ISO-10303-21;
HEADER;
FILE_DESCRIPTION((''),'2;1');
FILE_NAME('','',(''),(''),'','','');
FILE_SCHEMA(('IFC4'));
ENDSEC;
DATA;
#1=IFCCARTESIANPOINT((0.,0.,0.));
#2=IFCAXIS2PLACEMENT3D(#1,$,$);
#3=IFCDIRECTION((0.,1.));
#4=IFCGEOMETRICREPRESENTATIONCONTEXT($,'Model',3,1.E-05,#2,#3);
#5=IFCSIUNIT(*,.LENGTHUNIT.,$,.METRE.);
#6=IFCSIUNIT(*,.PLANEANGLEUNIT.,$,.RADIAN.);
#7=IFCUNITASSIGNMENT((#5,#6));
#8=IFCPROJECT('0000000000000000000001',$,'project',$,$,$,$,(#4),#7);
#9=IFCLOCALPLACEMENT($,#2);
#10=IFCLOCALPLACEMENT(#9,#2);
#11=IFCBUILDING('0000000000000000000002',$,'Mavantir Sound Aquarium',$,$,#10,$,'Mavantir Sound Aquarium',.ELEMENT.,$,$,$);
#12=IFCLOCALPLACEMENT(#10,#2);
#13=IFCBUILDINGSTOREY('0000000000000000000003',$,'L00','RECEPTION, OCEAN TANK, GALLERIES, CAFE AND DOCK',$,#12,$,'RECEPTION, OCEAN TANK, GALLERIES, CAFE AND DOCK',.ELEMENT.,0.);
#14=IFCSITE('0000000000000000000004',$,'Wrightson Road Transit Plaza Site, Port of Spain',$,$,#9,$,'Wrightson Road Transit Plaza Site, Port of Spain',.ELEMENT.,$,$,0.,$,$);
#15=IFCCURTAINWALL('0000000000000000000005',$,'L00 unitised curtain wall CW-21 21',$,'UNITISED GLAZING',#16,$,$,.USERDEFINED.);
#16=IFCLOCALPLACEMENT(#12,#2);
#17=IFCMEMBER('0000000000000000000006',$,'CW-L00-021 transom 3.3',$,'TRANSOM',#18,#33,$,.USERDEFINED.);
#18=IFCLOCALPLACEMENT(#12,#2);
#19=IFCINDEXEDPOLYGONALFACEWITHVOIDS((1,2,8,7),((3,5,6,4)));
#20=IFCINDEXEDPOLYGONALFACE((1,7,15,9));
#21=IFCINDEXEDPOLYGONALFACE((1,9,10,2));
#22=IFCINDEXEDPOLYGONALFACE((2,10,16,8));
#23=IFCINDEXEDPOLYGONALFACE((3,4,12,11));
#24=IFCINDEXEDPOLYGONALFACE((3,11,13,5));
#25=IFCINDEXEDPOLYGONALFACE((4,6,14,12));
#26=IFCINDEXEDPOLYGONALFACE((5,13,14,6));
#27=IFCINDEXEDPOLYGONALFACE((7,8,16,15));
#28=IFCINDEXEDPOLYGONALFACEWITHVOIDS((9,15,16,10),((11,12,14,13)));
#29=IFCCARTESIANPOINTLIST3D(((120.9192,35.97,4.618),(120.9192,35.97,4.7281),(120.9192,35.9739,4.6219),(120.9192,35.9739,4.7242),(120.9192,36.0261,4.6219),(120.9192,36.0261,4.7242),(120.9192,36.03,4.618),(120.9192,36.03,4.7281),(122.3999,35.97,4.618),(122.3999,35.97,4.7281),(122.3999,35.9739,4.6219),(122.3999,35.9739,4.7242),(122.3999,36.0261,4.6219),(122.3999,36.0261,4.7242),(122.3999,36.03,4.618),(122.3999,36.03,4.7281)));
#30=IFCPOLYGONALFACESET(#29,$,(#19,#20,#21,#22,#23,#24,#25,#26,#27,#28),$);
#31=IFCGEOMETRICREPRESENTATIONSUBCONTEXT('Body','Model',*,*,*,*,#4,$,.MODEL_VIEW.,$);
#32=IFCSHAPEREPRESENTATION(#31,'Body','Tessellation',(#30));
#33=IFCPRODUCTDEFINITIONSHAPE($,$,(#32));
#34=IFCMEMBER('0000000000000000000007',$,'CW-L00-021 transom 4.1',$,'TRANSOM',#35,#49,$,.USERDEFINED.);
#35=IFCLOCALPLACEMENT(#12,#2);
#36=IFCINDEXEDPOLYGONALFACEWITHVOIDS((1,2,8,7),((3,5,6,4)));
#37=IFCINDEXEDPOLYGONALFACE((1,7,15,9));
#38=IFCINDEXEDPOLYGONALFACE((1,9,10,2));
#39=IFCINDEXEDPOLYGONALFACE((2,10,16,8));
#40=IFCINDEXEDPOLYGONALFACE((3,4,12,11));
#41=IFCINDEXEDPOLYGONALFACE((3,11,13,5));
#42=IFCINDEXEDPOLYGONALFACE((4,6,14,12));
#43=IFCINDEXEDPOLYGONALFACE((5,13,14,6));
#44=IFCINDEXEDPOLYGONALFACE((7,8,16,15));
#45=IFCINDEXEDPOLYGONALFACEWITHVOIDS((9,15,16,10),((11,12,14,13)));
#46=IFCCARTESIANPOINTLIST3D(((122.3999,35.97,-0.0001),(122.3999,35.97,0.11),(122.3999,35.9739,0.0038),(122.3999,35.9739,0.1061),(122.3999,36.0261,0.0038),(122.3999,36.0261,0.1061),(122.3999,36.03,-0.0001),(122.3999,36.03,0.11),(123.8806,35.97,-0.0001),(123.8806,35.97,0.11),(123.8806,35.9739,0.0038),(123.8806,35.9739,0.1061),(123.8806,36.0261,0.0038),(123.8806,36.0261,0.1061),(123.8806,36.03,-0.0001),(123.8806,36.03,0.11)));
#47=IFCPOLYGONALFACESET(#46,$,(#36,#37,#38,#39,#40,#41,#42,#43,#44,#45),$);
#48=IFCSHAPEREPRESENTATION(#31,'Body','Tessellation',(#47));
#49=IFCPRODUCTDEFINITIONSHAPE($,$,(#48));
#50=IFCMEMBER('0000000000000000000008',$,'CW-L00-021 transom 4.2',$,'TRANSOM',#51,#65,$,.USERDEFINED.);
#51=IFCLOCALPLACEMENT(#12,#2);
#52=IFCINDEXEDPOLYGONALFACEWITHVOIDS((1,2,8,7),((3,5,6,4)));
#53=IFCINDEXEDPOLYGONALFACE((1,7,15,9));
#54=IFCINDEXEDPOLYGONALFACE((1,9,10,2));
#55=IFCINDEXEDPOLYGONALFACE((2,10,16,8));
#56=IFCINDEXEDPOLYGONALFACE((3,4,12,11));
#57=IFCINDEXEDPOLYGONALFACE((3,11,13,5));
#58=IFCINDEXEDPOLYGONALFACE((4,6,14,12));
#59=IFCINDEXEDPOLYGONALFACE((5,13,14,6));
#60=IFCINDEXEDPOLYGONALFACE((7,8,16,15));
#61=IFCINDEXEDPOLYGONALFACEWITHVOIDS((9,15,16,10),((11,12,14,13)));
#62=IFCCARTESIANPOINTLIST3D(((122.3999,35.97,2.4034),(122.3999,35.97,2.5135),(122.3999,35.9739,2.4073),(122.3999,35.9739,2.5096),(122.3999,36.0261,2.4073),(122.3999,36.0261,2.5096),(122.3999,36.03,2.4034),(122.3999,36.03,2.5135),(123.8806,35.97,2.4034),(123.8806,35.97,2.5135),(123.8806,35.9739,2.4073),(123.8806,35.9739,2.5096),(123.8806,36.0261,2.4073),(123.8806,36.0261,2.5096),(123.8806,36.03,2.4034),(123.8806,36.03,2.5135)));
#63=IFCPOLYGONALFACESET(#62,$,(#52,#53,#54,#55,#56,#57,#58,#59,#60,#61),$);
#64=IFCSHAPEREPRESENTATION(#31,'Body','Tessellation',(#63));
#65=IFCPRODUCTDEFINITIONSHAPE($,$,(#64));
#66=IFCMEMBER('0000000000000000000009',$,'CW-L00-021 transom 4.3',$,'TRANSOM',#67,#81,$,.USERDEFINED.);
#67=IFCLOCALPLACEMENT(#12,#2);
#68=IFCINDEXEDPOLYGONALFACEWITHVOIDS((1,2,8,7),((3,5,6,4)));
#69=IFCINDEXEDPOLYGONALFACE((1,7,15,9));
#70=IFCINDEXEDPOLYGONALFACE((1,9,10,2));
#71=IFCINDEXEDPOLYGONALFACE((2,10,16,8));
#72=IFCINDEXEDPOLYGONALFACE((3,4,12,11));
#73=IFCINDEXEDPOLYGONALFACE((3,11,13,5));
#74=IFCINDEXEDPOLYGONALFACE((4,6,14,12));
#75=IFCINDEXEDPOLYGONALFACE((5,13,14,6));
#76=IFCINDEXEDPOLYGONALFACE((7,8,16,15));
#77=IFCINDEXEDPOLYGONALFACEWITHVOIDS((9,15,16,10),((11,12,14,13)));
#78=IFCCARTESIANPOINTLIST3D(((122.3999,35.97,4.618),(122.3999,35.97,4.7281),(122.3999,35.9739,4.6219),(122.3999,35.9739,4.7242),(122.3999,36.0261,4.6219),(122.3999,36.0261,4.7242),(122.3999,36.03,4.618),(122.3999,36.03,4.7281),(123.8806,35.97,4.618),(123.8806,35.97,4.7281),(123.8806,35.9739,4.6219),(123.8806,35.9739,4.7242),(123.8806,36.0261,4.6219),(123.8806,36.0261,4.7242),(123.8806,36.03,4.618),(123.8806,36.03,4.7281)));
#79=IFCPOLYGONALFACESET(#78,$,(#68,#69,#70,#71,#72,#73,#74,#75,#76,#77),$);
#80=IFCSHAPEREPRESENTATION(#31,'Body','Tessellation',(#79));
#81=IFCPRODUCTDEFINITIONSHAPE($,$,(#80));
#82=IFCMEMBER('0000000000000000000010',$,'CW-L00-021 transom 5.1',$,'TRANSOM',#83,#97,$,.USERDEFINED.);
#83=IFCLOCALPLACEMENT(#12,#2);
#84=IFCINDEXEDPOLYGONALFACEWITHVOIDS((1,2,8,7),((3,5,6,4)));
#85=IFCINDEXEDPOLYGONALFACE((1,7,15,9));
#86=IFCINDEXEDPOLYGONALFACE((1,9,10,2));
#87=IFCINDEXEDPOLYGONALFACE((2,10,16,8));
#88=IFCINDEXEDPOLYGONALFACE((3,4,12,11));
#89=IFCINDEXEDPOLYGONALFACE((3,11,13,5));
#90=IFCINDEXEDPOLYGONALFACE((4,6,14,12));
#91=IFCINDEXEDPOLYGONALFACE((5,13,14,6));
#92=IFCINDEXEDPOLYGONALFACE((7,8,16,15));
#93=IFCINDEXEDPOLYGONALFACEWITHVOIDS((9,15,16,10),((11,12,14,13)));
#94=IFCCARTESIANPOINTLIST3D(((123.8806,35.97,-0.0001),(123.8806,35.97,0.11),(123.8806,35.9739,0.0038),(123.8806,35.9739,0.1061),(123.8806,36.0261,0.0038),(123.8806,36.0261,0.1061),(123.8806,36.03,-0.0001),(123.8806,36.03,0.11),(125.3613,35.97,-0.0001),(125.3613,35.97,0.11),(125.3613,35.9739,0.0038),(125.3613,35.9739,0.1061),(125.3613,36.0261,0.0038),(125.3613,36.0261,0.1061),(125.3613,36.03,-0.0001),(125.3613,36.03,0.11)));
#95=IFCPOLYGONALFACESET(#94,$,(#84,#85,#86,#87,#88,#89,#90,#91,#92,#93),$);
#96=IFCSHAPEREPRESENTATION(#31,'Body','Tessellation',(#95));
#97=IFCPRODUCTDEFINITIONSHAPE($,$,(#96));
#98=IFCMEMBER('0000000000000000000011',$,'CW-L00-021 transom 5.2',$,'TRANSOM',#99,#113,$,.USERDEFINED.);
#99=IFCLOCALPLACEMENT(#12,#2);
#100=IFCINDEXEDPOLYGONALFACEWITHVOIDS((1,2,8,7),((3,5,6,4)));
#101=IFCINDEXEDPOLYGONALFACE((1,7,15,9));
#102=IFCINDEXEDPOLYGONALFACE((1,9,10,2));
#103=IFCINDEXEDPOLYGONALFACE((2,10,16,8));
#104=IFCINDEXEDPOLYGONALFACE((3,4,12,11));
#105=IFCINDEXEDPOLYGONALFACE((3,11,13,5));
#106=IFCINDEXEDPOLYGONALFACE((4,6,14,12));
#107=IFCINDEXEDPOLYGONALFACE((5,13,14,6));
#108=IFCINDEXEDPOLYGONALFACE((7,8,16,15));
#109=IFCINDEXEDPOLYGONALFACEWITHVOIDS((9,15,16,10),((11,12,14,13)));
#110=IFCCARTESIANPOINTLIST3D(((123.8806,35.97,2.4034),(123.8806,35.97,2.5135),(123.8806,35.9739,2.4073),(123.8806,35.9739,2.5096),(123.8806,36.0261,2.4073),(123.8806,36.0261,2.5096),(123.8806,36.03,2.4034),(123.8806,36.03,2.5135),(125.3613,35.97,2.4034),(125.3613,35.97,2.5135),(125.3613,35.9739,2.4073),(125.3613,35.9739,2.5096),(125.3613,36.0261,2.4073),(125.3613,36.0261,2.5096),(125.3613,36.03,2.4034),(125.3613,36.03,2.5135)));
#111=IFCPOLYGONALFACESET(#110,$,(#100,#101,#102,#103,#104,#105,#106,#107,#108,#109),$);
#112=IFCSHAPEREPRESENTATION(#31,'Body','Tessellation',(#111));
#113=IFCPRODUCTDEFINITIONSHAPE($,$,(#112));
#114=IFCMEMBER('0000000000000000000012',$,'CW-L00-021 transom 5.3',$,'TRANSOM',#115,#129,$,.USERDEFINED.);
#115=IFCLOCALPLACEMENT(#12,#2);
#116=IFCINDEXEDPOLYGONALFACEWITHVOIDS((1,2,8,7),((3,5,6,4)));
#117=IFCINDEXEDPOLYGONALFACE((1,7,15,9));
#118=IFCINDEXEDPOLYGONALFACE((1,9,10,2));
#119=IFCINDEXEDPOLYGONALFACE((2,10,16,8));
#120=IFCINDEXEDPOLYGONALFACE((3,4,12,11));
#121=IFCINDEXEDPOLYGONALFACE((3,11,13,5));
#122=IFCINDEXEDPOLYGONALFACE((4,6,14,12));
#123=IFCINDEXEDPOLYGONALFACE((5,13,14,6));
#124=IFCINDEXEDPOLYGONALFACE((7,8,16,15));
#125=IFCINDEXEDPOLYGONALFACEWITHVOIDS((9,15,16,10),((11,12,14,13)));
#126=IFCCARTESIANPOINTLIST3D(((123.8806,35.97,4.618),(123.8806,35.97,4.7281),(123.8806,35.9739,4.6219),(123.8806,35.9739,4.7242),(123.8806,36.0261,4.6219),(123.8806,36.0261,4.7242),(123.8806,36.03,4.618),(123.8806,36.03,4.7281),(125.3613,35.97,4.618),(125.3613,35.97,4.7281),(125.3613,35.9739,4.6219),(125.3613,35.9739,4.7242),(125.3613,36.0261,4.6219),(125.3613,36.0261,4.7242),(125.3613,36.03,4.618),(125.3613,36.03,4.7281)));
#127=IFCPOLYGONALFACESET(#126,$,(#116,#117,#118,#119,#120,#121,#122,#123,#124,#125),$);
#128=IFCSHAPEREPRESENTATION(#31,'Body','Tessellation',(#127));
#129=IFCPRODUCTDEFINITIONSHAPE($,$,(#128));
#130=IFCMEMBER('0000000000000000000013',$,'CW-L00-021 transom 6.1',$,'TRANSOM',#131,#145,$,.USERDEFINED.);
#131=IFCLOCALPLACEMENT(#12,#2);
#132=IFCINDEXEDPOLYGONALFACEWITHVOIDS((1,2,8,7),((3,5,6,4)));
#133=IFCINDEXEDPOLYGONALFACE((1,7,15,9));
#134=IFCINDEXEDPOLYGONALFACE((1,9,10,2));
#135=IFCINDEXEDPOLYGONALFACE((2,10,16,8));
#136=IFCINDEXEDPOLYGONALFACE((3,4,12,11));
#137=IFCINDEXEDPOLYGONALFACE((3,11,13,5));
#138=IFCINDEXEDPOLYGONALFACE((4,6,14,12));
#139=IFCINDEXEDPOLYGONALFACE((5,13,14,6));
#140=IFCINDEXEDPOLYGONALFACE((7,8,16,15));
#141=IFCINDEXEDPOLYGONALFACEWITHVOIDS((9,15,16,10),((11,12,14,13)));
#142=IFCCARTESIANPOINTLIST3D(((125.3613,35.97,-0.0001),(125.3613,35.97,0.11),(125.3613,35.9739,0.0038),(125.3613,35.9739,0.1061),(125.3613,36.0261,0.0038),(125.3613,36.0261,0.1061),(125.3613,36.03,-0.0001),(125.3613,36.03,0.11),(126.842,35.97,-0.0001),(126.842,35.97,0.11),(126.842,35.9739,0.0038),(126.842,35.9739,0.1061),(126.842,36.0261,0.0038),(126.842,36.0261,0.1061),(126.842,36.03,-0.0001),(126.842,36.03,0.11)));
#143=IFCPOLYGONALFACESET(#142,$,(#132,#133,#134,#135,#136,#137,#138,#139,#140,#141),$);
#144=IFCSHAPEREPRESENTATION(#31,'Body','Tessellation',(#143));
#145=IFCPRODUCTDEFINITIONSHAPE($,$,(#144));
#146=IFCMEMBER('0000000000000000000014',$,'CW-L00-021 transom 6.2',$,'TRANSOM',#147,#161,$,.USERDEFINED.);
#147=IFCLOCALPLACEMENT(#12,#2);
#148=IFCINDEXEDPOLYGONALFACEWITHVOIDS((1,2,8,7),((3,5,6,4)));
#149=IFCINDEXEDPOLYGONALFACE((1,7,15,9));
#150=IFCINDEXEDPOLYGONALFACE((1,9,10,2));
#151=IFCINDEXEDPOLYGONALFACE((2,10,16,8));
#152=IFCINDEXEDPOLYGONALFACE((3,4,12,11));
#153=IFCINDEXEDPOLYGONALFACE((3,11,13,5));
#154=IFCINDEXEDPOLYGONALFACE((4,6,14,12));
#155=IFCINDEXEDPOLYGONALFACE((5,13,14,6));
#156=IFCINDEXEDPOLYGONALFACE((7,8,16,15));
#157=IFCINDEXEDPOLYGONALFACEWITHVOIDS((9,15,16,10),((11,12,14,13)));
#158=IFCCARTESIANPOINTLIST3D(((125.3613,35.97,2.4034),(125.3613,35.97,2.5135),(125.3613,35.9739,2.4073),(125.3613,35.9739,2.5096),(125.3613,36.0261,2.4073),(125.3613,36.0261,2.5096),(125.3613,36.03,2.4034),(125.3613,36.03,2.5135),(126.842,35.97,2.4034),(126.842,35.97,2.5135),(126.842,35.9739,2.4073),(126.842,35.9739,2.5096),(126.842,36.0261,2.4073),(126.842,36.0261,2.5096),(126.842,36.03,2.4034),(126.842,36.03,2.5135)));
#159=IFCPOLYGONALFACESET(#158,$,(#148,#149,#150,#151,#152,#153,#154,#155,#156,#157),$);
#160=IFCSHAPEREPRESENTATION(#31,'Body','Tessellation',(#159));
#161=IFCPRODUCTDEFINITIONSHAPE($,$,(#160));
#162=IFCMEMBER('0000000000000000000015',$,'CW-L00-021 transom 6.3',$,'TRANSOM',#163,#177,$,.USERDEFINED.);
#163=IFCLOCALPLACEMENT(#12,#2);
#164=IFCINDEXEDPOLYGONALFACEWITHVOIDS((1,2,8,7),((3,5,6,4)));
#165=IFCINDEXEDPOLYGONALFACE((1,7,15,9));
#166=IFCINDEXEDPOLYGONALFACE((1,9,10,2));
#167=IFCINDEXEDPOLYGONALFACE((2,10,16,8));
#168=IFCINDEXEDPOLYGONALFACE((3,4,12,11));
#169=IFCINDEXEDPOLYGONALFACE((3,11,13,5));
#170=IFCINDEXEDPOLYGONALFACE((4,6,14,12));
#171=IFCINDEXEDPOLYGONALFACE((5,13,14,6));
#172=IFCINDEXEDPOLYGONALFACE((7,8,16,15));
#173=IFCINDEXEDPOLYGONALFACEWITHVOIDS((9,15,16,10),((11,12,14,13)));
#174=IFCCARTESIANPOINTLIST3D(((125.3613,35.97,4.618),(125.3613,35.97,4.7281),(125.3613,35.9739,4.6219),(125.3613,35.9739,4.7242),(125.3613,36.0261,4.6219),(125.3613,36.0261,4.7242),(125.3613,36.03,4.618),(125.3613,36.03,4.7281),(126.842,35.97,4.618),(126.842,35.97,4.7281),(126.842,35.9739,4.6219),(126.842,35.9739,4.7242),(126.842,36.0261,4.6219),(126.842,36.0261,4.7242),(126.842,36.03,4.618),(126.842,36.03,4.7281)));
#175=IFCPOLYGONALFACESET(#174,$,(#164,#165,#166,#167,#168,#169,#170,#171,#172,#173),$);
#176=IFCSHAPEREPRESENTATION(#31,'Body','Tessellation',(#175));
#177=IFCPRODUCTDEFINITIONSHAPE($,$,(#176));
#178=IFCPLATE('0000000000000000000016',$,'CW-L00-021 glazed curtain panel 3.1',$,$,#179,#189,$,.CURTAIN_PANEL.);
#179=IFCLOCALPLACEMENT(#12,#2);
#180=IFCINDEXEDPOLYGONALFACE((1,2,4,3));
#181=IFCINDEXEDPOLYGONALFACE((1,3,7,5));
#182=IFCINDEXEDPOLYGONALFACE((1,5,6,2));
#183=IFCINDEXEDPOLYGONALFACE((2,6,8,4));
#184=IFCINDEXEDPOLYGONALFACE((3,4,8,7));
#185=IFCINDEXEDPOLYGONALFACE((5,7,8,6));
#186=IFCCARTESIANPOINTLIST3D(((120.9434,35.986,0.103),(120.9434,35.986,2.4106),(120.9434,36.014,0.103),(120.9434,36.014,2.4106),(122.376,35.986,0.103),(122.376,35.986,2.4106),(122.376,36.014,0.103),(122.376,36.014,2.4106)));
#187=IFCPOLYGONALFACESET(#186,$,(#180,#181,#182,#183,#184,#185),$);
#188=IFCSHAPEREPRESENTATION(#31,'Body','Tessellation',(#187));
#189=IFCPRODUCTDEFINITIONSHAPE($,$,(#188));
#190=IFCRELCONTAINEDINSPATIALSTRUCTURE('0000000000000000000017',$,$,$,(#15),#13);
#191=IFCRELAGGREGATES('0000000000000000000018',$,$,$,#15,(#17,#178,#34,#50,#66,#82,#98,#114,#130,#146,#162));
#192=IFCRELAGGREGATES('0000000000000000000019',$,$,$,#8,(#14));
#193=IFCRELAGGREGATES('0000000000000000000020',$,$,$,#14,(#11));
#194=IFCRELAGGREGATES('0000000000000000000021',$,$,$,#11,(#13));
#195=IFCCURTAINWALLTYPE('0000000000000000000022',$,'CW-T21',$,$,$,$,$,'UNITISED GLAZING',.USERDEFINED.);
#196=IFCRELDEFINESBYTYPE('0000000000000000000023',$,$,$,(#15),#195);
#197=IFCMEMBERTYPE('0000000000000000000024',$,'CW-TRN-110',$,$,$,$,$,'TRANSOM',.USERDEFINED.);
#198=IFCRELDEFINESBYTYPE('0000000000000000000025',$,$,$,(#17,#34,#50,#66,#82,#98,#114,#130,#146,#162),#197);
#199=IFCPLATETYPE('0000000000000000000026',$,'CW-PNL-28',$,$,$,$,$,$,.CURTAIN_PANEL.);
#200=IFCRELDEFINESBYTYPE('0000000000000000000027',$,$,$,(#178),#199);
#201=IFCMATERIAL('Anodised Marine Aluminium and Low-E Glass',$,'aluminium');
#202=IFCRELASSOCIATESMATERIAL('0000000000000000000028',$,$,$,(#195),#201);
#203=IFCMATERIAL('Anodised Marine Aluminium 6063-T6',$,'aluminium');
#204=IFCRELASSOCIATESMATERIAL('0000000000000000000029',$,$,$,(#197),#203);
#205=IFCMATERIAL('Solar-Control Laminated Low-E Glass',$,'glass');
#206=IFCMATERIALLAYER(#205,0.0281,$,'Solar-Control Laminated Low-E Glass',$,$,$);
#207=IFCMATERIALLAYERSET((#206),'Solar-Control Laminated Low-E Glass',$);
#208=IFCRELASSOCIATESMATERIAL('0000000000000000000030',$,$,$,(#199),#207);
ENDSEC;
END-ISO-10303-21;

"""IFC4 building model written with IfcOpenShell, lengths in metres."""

from ifc_helpers import new_model, si_unit, direction, frame, origin, origin_2d, place, context, subcontext, project, spatial, rectangle, hollow_rectangle, extrude, material, layer, layer_set, material_profile, profile_set, type_object, element, aggregate, save


model = new_model("IFC4")

# Units and contexts
model_context = context("Model", 3, precision=1e-05, world=origin(), true_north=direction((0.0, 1.0)))
body_context = subcontext(model_context, "Body", "Model", "MODEL_VIEW")
ifc_project = project(units=[si_unit("LENGTHUNIT", "METRE"), si_unit("PLANEANGLEUNIT", "RADIAN")], contexts=[model_context])

# Site, building, storey
site_placement = place(None, origin())
site = spatial("IfcSite", under=ifc_project, at=site_placement, Name="Wrightson Road Transit Plaza Site, Port of Spain", LongName="Wrightson Road Transit Plaza Site, Port of Spain", CompositionType="ELEMENT", RefElevation=0.0)
building_placement = place(site_placement, origin())
building = spatial("IfcBuilding", under=site, at=building_placement, Name="Mavantir Sound Aquarium", LongName="Mavantir Sound Aquarium", CompositionType="ELEMENT")
storey_placement = place(building_placement, origin())
storey = spatial("IfcBuildingStorey", under=building, at=storey_placement, Name="L00", Description="RECEPTION, OCEAN TANK, GALLERIES, CAFE AND DOCK", LongName="RECEPTION, OCEAN TANK, GALLERIES, CAFE AND DOCK", CompositionType="ELEMENT", Elevation=0.0)

# Curtain wall, members, plate
ifc_material_1 = material(Name="Anodised Marine Aluminium and Low-E Glass", Category="aluminium")
curtain_wall_type = type_object("IfcCurtainWallType", Name="CW-T21", ElementType="UNITISED GLAZING", PredefinedType="USERDEFINED", material=ifc_material_1)
curtain_wall_placement = place(storey_placement, origin())
curtain_wall = element("IfcCurtainWall", 1, at=curtain_wall_placement, inside=storey, type_object=curtain_wall_type, Name="L00 unitised curtain wall CW-21 21", ObjectType="UNITISED GLAZING", PredefinedType="USERDEFINED")
ifc_material_2 = material(Name="Anodised Marine Aluminium 6063-T6", Category="aluminium")
ifc_material_profile_1 = material_profile(ifc_material_2, hollow_rectangle(XDim=0.0601, YDim=0.1101, WallThickness=0.0039, at=origin_2d()), Name="ALU-TRANSOM-110X60")
ifc_profile_set_1 = profile_set([ifc_material_profile_1], Name="Anodised Marine Aluminium 6063-T6")
member_type_1 = type_object("IfcMemberType", Name="CW-TRN-110", ElementType="TRANSOM", PredefinedType="USERDEFINED", material=ifc_profile_set_1)
member_1_placement = place(storey_placement, frame((120.9192, 36.0, 4.6731), z_axis=(1.0, 0.0, 0.0), x_axis=(0.0, 1.0, 0.0)))
member_1 = element("IfcMember", 2, at=member_1_placement, type_object=member_type_1, Name="CW-L00-021 transom 3.3", ObjectType="TRANSOM", PredefinedType="USERDEFINED", context=body_context, shape_type="SweptSolid", body=[
    extrude(hollow_rectangle(XDim=0.0601, YDim=0.1101, WallThickness=0.0039, at=origin_2d()), origin(), (0.0, 0.0, 1.0), 1.4807),
])
member_2_placement = place(storey_placement, frame((122.3999, 36.0, 0.0549), z_axis=(1.0, 0.0, 0.0), x_axis=(0.0, 1.0, 0.0)))
member_2 = element("IfcMember", 3, at=member_2_placement, type_object=member_type_1, Name="CW-L00-021 transom 4.1", ObjectType="TRANSOM", PredefinedType="USERDEFINED", context=body_context, shape_type="SweptSolid", body=[
    extrude(hollow_rectangle(XDim=0.0601, YDim=0.1101, WallThickness=0.0039, at=origin_2d()), origin(), (0.0, 0.0, 1.0), 1.4807),
])
member_3_placement = place(storey_placement, frame((122.3999, 36.0, 2.4585), z_axis=(1.0, 0.0, 0.0), x_axis=(0.0, 1.0, 0.0)))
member_3 = element("IfcMember", 4, at=member_3_placement, type_object=member_type_1, Name="CW-L00-021 transom 4.2", ObjectType="TRANSOM", PredefinedType="USERDEFINED", context=body_context, shape_type="SweptSolid", body=[
    extrude(hollow_rectangle(XDim=0.0601, YDim=0.1101, WallThickness=0.0039, at=origin_2d()), origin(), (0.0, 0.0, 1.0), 1.4807),
])
member_4_placement = place(storey_placement, frame((122.3999, 36.0, 4.6731), z_axis=(1.0, 0.0, 0.0), x_axis=(0.0, 1.0, 0.0)))
member_4 = element("IfcMember", 5, at=member_4_placement, type_object=member_type_1, Name="CW-L00-021 transom 4.3", ObjectType="TRANSOM", PredefinedType="USERDEFINED", context=body_context, shape_type="SweptSolid", body=[
    extrude(hollow_rectangle(XDim=0.0601, YDim=0.1101, WallThickness=0.0039, at=origin_2d()), origin(), (0.0, 0.0, 1.0), 1.4807),
])
member_5_placement = place(storey_placement, frame((123.8806, 36.0, 0.0549), z_axis=(1.0, 0.0, 0.0), x_axis=(0.0, 1.0, 0.0)))
member_5 = element("IfcMember", 6, at=member_5_placement, type_object=member_type_1, Name="CW-L00-021 transom 5.1", ObjectType="TRANSOM", PredefinedType="USERDEFINED", context=body_context, shape_type="SweptSolid", body=[
    extrude(hollow_rectangle(XDim=0.0601, YDim=0.1101, WallThickness=0.0039, at=origin_2d()), origin(), (0.0, 0.0, 1.0), 1.4807),
])
member_6_placement = place(storey_placement, frame((123.8806, 36.0, 2.4585), z_axis=(1.0, 0.0, 0.0), x_axis=(0.0, 1.0, 0.0)))
member_6 = element("IfcMember", 7, at=member_6_placement, type_object=member_type_1, Name="CW-L00-021 transom 5.2", ObjectType="TRANSOM", PredefinedType="USERDEFINED", context=body_context, shape_type="SweptSolid", body=[
    extrude(hollow_rectangle(XDim=0.0601, YDim=0.1101, WallThickness=0.0039, at=origin_2d()), origin(), (0.0, 0.0, 1.0), 1.4807),
])
member_7_placement = place(storey_placement, frame((123.8806, 36.0, 4.6731), z_axis=(1.0, 0.0, 0.0), x_axis=(0.0, 1.0, 0.0)))
member_7 = element("IfcMember", 8, at=member_7_placement, type_object=member_type_1, Name="CW-L00-021 transom 5.3", ObjectType="TRANSOM", PredefinedType="USERDEFINED", context=body_context, shape_type="SweptSolid", body=[
    extrude(hollow_rectangle(XDim=0.0601, YDim=0.1101, WallThickness=0.0039, at=origin_2d()), origin(), (0.0, 0.0, 1.0), 1.4807),
])
member_8_placement = place(storey_placement, frame((125.3613, 36.0, 0.0549), z_axis=(1.0, 0.0, 0.0), x_axis=(0.0, 1.0, 0.0)))
member_8 = element("IfcMember", 9, at=member_8_placement, type_object=member_type_1, Name="CW-L00-021 transom 6.1", ObjectType="TRANSOM", PredefinedType="USERDEFINED", context=body_context, shape_type="SweptSolid", body=[
    extrude(hollow_rectangle(XDim=0.0601, YDim=0.1101, WallThickness=0.0039, at=origin_2d()), origin(), (0.0, 0.0, 1.0), 1.4807),
])
member_9_placement = place(storey_placement, frame((125.3613, 36.0, 2.4585), z_axis=(1.0, 0.0, 0.0), x_axis=(0.0, 1.0, 0.0)))
member_9 = element("IfcMember", 10, at=member_9_placement, type_object=member_type_1, Name="CW-L00-021 transom 6.2", ObjectType="TRANSOM", PredefinedType="USERDEFINED", context=body_context, shape_type="SweptSolid", body=[
    extrude(hollow_rectangle(XDim=0.0601, YDim=0.1101, WallThickness=0.0039, at=origin_2d()), origin(), (0.0, 0.0, 1.0), 1.4807),
])
member_10_placement = place(storey_placement, frame((125.3613, 36.0, 4.6731), z_axis=(1.0, 0.0, 0.0), x_axis=(0.0, 1.0, 0.0)))
member_10 = element("IfcMember", 11, at=member_10_placement, type_object=member_type_1, Name="CW-L00-021 transom 6.3", ObjectType="TRANSOM", PredefinedType="USERDEFINED", context=body_context, shape_type="SweptSolid", body=[
    extrude(hollow_rectangle(XDim=0.0601, YDim=0.1101, WallThickness=0.0039, at=origin_2d()), origin(), (0.0, 0.0, 1.0), 1.4807),
])
ifc_material_3 = material(Name="Solar-Control Laminated Low-E Glass", Category="glass")
ifc_layer = layer(ifc_material_3, 0.0281, Name="Solar-Control Laminated Low-E Glass")
ifc_layer_set = layer_set([ifc_layer], Name="Solar-Control Laminated Low-E Glass")
plate_type = type_object("IfcPlateType", Name="CW-PNL-28", PredefinedType="CURTAIN_PANEL", material=ifc_layer_set)
plate_1_placement = place(storey_placement, frame((121.6597, 36.0, 0.103), z_axis=(0.0, 0.0, 1.0), x_axis=(1.0, 0.0, 0.0)))
plate_1 = element("IfcPlate", 12, at=plate_1_placement, type_object=plate_type, Name="CW-L00-021 glazed curtain panel 3.1", PredefinedType="CURTAIN_PANEL", context=body_context, shape_type="SweptSolid", body=[
    extrude(rectangle(XDim=1.4326, YDim=0.0281, at=origin_2d()), origin(), (0.0, 0.0, 1.0), 2.3076),
])
aggregate(curtain_wall, [member_1, plate_1, member_2, member_3, member_4, member_5, member_6, member_7, member_8, member_9, member_10])

save(model, "model.ifc")
